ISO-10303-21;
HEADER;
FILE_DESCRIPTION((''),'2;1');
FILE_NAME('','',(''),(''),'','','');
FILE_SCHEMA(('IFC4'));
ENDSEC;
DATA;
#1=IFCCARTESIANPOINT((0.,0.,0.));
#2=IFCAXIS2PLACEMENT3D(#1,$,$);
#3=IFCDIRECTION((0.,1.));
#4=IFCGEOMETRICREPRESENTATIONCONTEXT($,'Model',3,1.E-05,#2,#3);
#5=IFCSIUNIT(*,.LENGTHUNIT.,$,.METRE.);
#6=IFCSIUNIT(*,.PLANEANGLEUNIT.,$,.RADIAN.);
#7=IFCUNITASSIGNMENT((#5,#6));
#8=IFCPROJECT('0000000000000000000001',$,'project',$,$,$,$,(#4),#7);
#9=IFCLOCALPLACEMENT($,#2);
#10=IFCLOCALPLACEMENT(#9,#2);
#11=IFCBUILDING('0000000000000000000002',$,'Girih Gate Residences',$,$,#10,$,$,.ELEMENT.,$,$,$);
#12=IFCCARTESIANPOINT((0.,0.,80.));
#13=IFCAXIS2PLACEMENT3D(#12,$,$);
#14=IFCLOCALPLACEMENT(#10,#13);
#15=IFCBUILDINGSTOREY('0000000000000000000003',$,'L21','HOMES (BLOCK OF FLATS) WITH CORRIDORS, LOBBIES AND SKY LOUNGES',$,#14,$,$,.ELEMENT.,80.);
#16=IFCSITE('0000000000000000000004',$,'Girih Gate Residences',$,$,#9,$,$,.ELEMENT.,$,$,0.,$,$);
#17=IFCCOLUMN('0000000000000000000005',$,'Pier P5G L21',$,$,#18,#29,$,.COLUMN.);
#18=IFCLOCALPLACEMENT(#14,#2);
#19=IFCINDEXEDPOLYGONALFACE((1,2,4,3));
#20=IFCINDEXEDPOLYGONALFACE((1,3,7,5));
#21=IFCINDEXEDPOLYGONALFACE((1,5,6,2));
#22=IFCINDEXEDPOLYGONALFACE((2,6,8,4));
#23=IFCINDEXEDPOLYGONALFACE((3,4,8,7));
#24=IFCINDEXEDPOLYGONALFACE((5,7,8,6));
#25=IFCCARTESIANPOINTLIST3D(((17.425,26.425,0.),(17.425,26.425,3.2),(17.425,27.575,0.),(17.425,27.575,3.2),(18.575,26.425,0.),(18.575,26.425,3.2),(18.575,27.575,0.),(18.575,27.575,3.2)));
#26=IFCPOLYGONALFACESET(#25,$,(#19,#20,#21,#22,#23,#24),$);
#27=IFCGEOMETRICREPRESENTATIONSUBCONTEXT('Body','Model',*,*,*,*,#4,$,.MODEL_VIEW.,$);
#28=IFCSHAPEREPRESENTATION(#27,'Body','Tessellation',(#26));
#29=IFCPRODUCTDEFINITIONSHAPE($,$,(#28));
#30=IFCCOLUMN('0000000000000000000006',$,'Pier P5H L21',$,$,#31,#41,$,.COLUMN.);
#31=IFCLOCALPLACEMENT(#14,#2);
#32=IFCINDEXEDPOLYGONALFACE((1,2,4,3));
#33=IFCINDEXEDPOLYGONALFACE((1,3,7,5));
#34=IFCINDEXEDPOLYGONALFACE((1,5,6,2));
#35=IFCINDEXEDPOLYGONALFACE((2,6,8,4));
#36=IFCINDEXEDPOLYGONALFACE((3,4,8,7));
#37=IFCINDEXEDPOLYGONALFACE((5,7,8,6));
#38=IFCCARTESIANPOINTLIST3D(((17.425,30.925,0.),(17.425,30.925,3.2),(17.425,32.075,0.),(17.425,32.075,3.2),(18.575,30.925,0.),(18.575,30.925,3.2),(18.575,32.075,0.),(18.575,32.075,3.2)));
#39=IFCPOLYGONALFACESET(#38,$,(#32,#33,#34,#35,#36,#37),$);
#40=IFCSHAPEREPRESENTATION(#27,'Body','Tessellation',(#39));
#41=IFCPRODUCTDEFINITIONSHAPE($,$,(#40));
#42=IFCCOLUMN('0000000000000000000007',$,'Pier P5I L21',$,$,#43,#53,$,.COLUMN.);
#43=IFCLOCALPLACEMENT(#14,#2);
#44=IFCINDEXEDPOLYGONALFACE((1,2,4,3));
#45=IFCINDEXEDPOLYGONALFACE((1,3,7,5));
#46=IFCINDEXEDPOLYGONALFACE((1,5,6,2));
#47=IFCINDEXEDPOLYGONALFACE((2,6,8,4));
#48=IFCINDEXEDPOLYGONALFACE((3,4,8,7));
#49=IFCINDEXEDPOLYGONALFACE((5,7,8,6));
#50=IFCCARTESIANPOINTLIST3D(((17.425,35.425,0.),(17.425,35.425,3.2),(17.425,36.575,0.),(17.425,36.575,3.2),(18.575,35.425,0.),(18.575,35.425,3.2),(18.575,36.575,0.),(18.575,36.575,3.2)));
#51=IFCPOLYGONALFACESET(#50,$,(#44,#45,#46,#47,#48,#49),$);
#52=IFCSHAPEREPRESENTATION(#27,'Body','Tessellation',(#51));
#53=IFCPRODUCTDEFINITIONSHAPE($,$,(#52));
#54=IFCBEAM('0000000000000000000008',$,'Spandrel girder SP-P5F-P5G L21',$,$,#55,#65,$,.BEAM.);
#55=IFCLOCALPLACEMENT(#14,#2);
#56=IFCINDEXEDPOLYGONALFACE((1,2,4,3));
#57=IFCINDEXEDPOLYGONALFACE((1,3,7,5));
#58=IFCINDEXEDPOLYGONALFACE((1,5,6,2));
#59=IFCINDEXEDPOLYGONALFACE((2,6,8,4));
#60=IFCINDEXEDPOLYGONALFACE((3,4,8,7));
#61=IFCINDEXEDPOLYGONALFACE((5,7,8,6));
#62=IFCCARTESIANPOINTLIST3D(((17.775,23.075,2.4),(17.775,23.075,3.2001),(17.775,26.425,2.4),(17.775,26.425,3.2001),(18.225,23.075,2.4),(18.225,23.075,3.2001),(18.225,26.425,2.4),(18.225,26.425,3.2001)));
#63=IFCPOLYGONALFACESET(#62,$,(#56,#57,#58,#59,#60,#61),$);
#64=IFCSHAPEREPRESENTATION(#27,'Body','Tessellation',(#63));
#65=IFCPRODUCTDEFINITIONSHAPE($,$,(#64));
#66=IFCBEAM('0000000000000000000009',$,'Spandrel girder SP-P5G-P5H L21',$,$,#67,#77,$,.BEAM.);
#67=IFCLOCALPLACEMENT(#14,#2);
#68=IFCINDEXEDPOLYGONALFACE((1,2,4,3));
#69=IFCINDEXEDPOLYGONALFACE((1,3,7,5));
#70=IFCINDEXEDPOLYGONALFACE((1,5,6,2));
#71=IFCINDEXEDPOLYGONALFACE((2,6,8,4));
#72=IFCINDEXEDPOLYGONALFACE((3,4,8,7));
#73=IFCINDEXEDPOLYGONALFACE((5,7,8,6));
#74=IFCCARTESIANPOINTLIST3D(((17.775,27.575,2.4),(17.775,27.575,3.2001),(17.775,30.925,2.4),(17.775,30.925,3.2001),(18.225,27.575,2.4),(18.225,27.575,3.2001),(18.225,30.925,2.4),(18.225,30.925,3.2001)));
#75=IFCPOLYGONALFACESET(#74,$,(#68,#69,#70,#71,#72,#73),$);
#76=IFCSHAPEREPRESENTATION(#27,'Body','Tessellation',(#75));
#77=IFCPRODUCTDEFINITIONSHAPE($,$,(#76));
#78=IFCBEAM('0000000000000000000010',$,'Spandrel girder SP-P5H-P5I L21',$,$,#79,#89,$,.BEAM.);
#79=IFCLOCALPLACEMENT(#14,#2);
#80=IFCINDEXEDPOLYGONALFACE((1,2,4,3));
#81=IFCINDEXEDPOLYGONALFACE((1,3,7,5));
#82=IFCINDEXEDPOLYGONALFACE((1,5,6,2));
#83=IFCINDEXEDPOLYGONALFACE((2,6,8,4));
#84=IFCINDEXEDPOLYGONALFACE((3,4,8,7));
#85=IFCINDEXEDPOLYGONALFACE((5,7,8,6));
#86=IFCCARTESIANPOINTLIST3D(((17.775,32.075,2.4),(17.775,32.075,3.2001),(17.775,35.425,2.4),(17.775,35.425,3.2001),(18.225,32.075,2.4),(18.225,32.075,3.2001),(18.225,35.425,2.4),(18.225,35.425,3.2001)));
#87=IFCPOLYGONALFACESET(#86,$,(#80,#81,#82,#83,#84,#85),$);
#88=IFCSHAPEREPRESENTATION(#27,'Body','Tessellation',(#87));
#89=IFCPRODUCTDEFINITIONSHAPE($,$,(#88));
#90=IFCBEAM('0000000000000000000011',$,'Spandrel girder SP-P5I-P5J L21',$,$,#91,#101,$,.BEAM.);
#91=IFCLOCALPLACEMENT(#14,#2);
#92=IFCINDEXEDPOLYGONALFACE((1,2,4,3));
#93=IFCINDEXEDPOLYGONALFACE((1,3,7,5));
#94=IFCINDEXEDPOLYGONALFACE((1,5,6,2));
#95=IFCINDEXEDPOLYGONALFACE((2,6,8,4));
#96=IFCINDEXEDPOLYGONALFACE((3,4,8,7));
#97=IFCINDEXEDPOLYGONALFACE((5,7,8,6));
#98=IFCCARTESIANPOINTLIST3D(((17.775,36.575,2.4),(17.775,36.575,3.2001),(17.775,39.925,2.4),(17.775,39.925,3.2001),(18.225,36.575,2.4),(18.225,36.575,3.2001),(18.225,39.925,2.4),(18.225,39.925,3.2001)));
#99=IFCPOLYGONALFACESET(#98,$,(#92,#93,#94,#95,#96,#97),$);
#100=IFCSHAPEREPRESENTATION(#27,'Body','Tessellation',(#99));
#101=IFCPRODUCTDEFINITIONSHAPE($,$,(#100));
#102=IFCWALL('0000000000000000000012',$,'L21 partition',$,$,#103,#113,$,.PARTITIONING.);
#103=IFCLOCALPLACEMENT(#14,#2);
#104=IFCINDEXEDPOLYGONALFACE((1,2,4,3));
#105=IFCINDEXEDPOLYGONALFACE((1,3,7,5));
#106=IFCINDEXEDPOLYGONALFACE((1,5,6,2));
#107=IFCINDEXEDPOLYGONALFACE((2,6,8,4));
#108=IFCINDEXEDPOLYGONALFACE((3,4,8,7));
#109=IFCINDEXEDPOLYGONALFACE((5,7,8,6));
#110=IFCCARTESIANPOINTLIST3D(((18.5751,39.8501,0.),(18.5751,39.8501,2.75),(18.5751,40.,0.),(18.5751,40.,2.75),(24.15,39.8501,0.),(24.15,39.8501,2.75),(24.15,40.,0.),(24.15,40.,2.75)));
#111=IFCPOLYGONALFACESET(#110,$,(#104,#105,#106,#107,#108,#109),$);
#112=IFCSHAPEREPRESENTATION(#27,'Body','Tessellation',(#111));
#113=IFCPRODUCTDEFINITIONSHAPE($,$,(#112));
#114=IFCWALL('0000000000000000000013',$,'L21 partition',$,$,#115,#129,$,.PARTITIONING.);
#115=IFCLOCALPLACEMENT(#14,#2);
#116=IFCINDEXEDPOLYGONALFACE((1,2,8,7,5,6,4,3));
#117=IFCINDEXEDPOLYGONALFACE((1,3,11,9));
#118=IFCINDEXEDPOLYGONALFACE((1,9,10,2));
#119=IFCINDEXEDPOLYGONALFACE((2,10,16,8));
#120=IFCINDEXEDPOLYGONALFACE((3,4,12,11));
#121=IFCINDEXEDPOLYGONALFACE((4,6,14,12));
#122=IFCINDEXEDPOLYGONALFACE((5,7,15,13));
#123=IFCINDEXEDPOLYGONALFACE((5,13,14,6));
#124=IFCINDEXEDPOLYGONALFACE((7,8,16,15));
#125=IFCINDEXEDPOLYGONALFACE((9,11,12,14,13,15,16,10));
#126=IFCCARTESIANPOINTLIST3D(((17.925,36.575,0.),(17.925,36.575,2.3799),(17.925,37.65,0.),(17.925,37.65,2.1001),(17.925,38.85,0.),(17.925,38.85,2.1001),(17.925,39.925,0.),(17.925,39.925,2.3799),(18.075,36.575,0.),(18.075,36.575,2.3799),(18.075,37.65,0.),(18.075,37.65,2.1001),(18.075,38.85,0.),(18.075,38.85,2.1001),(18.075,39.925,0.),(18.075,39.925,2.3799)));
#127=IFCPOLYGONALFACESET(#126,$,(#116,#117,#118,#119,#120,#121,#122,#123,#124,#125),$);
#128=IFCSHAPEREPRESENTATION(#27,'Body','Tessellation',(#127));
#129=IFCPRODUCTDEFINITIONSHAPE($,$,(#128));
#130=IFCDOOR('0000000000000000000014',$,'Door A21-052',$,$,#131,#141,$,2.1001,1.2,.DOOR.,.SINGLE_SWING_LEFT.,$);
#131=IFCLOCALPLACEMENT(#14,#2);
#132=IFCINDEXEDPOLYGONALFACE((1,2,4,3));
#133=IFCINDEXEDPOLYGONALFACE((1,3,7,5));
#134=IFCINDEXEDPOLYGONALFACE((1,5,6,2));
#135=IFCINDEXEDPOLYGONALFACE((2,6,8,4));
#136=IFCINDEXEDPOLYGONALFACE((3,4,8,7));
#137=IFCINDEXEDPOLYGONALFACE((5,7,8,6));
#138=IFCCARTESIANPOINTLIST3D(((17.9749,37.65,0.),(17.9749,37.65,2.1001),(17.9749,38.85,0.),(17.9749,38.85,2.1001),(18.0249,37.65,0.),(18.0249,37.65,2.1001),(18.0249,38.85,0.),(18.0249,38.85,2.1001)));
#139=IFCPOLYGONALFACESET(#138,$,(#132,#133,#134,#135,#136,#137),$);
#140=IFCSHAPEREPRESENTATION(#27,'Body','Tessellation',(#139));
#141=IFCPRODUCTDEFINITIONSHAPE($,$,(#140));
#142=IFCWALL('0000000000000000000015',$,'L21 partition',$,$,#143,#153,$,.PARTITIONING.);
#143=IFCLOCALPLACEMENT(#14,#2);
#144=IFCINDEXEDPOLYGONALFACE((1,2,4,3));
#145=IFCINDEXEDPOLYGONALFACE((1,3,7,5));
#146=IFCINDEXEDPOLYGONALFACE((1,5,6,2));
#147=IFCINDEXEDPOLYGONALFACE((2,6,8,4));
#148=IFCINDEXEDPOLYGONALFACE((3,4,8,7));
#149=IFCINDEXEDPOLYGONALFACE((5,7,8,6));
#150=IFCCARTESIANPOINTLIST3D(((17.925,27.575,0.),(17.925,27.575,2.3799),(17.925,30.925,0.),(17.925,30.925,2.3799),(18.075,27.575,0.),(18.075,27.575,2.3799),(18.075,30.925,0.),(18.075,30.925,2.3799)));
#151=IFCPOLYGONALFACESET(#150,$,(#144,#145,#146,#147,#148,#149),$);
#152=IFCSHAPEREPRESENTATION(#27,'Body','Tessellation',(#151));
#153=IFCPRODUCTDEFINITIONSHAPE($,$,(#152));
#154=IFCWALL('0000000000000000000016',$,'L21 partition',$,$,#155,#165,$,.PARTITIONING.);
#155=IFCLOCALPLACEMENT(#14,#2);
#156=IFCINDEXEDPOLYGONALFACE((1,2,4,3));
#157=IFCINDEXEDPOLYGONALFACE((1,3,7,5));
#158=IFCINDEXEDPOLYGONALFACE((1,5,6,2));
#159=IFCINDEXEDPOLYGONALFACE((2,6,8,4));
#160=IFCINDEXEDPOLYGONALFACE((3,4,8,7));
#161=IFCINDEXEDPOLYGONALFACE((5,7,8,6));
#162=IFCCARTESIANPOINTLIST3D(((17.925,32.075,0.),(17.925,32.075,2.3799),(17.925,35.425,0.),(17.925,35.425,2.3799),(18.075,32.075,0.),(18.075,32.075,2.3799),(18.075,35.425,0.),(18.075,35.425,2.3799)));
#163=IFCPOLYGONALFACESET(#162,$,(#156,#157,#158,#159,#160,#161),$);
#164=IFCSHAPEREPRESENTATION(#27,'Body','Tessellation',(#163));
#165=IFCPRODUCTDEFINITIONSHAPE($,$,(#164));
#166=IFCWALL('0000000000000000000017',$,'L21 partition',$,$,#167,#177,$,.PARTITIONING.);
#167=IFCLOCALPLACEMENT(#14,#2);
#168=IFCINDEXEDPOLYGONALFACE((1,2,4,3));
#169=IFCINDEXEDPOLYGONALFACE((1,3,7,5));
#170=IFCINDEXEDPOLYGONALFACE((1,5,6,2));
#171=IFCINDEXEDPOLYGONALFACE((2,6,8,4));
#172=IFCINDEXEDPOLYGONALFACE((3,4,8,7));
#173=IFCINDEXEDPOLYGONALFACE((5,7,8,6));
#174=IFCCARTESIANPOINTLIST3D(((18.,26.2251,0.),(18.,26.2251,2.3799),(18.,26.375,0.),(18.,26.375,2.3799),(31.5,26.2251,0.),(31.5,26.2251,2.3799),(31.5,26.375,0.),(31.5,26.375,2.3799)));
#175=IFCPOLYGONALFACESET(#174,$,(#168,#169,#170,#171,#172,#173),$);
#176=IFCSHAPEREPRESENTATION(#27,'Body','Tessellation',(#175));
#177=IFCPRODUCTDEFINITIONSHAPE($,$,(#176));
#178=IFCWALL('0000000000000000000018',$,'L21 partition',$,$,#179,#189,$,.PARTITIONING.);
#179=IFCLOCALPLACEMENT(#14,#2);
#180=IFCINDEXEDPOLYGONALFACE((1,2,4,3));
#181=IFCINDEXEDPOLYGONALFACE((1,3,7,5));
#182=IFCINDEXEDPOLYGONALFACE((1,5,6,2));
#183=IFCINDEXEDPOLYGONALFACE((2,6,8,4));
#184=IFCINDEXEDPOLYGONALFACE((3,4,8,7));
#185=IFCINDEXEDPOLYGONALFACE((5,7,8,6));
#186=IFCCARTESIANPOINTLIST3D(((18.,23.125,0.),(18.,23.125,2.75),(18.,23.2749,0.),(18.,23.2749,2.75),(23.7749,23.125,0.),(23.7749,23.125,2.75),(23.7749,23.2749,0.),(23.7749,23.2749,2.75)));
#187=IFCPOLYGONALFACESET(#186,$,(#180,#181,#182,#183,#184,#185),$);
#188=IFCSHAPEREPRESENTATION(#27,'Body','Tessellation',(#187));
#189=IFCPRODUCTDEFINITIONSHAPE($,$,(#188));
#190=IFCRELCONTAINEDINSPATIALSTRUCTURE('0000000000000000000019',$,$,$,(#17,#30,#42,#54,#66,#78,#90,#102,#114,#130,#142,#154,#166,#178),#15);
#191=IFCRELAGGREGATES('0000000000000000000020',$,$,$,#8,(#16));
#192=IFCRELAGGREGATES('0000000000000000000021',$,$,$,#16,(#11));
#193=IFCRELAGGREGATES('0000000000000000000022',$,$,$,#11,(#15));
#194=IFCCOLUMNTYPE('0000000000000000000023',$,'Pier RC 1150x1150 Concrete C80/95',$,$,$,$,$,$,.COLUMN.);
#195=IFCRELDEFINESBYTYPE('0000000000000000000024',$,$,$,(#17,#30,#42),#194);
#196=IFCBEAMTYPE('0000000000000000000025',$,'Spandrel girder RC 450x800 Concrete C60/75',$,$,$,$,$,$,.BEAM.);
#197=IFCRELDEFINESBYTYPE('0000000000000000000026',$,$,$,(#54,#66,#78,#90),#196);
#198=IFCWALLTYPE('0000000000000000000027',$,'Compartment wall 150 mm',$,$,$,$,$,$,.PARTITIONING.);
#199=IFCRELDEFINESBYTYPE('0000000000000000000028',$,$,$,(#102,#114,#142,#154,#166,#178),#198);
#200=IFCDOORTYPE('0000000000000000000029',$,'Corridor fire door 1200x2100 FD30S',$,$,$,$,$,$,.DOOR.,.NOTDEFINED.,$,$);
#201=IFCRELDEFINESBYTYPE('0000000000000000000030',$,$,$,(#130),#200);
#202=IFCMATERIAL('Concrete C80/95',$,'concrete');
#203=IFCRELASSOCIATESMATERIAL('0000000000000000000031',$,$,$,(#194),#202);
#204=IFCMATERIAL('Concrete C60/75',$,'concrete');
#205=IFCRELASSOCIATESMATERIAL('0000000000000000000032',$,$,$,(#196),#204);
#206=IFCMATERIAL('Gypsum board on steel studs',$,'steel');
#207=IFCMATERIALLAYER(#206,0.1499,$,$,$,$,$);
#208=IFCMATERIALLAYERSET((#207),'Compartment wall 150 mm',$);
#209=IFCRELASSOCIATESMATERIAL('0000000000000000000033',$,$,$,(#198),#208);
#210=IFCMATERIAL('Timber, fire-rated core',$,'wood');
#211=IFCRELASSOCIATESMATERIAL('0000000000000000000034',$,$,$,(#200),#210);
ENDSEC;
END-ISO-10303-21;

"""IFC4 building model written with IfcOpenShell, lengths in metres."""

from ifc_helpers import new_model, si_unit, direction, frame, frame_2d, origin, origin_2d, place, context, subcontext, project, spatial, rectangle, extrude, material, layer, layer_set, material_profile, profile_set, type_object, element, fill, save


model = new_model("IFC4")

# Units and contexts
model_context = context("Model", 3, precision=1e-05, world=origin(), true_north=direction((0.0, 1.0)))
body_context = subcontext(model_context, "Body", "Model", "MODEL_VIEW")
ifc_project = project(units=[si_unit("LENGTHUNIT", "METRE"), si_unit("PLANEANGLEUNIT", "RADIAN")], contexts=[model_context])

# Site, building, storey
site_placement = place(None, origin())
site = spatial("IfcSite", under=ifc_project, at=site_placement, Name="Girih Gate Residences", CompositionType="ELEMENT", RefElevation=0.0)
building_placement = place(site_placement, origin())
building = spatial("IfcBuilding", under=site, at=building_placement, Name="Girih Gate Residences", CompositionType="ELEMENT")
storey_placement = place(building_placement, frame((0.0, 0.0, 80.0)))
storey = spatial("IfcBuildingStorey", under=building, at=storey_placement, Name="L21", Description="HOMES (BLOCK OF FLATS) WITH CORRIDORS, LOBBIES AND SKY LOUNGES", CompositionType="ELEMENT", Elevation=80.0)

# Columns
ifc_material_1 = material(Name="Concrete C80/95", Category="concrete")
ifc_material_profile_1 = material_profile(ifc_material_1, rectangle(XDim=1.1499, YDim=1.1499, at=origin_2d()))
ifc_profile_set_1 = profile_set([ifc_material_profile_1], Name="Concrete C80/95")
column_type = type_object("IfcColumnType", Name="Pier RC 1150x1150 Concrete C80/95", PredefinedType="COLUMN", material=ifc_profile_set_1)
for number, where, z_axis, x_axis, name in (
    (1, (18.0, 27.0, 0.0), (0.0, 0.0, 1.0), (1.0, 0.0, 0.0), "Pier P5G L21"),
    (2, (18.0, 31.5, 0.0), (0.0, 0.0, 1.0), (1.0, 0.0, 0.0), "Pier P5H L21"),
    (3, (18.0, 36.0, 0.0), (0.0, 0.0, 1.0), (1.0, 0.0, 0.0), "Pier P5I L21"),
):
    element("IfcColumn", number, at=place(storey_placement, frame(where, z_axis=z_axis, x_axis=x_axis)), inside=storey, type_object=column_type, Name=name, PredefinedType="COLUMN", context=body_context, shape_type="SweptSolid", body=[
        extrude(rectangle(XDim=1.1499, YDim=1.1499, at=origin_2d()), origin(), (0.0, 0.0, 1.0), 3.2),
    ])

# Beams
ifc_material_2 = material(Name="Concrete C60/75", Category="concrete")
ifc_material_profile_2 = material_profile(ifc_material_2, rectangle(XDim=0.45, YDim=0.8, at=origin_2d()))
ifc_profile_set_2 = profile_set([ifc_material_profile_2], Name="Concrete C60/75")
beam_type = type_object("IfcBeamType", Name="Spandrel girder RC 450x800 Concrete C60/75", PredefinedType="BEAM", material=ifc_profile_set_2)
for number, where, z_axis, x_axis, name in (
    (4, (18.0, 23.075, 2.8), (0.0, 1.0, 0.0), (-1.0, 0.0, 0.0), "Spandrel girder SP-P5F-P5G L21"),
    (5, (18.0, 27.575, 2.8), (0.0, 1.0, 0.0), (-1.0, 0.0, 0.0), "Spandrel girder SP-P5G-P5H L21"),
    (6, (18.0, 32.075, 2.8), (0.0, 1.0, 0.0), (-1.0, 0.0, 0.0), "Spandrel girder SP-P5H-P5I L21"),
    (7, (18.0, 36.575, 2.8), (0.0, 1.0, 0.0), (-1.0, 0.0, 0.0), "Spandrel girder SP-P5I-P5J L21"),
):
    element("IfcBeam", number, at=place(storey_placement, frame(where, z_axis=z_axis, x_axis=x_axis)), inside=storey, type_object=beam_type, Name=name, PredefinedType="BEAM", context=body_context, shape_type="SweptSolid", body=[
        extrude(rectangle(XDim=0.45, YDim=0.8, at=origin_2d()), origin(), (0.0, 0.0, 1.0), 3.3501),
    ])

# Wall
ifc_material_3 = material(Name="Gypsum board on steel studs", Category="steel")
ifc_layer_1 = layer(ifc_material_3, 0.1499)
ifc_layer_set_1 = layer_set([ifc_layer_1], Name="Compartment wall 150 mm")
wall_type_1 = type_object("IfcWallType", Name="Compartment wall 150 mm", PredefinedType="PARTITIONING", material=ifc_layer_set_1)
wall_1_placement = place(storey_placement, frame((18.575, 39.925, 0.0), z_axis=(0.0, 0.0, 1.0), x_axis=(1.0, 0.0, 0.0)))
element("IfcWall", 8, at=wall_1_placement, inside=storey, type_object=wall_type_1, Name="L21 partition", PredefinedType="PARTITIONING", context=body_context, shape_type="SweptSolid", body=[
    extrude(rectangle(XDim=5.575, YDim=0.1499, at=frame_2d((2.7876, 0.0))), origin(), (0.0, 0.0, 1.0), 2.75),
])

# Wall, opening, door
wall_2_placement = place(storey_placement, frame((18.0, 39.925, 0.0), z_axis=(0.0, 0.0, 1.0), x_axis=(0.0, -1.0, 0.0)))
wall_2 = element("IfcWall", 9, at=wall_2_placement, inside=storey, type_object=wall_type_1, Name="L21 partition", PredefinedType="PARTITIONING", context=body_context, shape_type="SweptSolid", body=[
    extrude(rectangle(XDim=3.3501, YDim=0.1499, at=frame_2d((1.675, 0.0))), origin(), (0.0, 0.0, 1.0), 2.3799),
])
opening_1_placement = place(wall_2_placement, frame((1.075, 0.0, 0.0)))
opening_1 = element("IfcOpeningElement", 10, at=opening_1_placement, cuts=wall_2, PredefinedType="OPENING", context=body_context, shape_type="SweptSolid", body=[
    extrude(rectangle(XDim=1.2, YDim=2.1001, at=frame_2d((0.6001, 1.05))), frame((0.0, 0.085, 0.0), z_axis=(0.0, -1.0, 0.0), x_axis=(1.0, 0.0, 0.0)), (0.0, 0.0, 1.0), 0.1699),
])
ifc_material_4 = material(Name="Timber, fire-rated core", Category="wood")
door_type_1 = type_object("IfcDoorType", Name="Corridor fire door 1200x2100 FD30S", OperationType="NOTDEFINED", PredefinedType="DOOR", material=ifc_material_4)
door_1_placement = place(opening_1_placement, origin())
door_1 = element("IfcDoor", 11, at=door_1_placement, inside=storey, type_object=door_type_1, Name="Door A21-052", OperationType="SINGLE_SWING_LEFT", OverallHeight=2.1001, OverallWidth=1.2, PredefinedType="DOOR", context=body_context, shape_type="SweptSolid", body=[
    extrude(rectangle(XDim=1.2, YDim=2.1001, at=frame_2d((0.6001, 1.05))), frame((0.0, 0.0249, 0.0), z_axis=(0.0, -1.0, 0.0), x_axis=(1.0, 0.0, 0.0)), (0.0, 0.0, 1.0), 0.05),
])
fill(opening_1, door_1)

# Walls
for number, where, z_axis, x_axis, name in (
    (12, (18.0, 27.575, 0.0), (0.0, 0.0, 1.0), (0.0, 1.0, 0.0), "L21 partition"),
    (13, (18.0, 32.075, 0.0), (0.0, 0.0, 1.0), (0.0, 1.0, 0.0), "L21 partition"),
):
    element("IfcWall", number, at=place(storey_placement, frame(where, z_axis=z_axis, x_axis=x_axis)), inside=storey, type_object=wall_type_1, Name=name, PredefinedType="PARTITIONING", context=body_context, shape_type="SweptSolid", body=[
        extrude(rectangle(XDim=3.3501, YDim=0.1499, at=frame_2d((1.675, 0.0))), origin(), (0.0, 0.0, 1.0), 2.3799),
    ])
wall_3_placement = place(storey_placement, frame((18.0, 26.3, 0.0), z_axis=(0.0, 0.0, 1.0), x_axis=(1.0, 0.0, 0.0)))
element("IfcWall", 14, at=wall_3_placement, inside=storey, type_object=wall_type_1, Name="L21 partition", PredefinedType="PARTITIONING", context=body_context, shape_type="SweptSolid", body=[
    extrude(rectangle(XDim=13.5, YDim=0.1499, at=frame_2d((6.75, 0.0))), origin(), (0.0, 0.0, 1.0), 2.3799),
])
wall_4_placement = place(storey_placement, frame((18.0, 23.2, 0.0), z_axis=(0.0, 0.0, 1.0), x_axis=(1.0, 0.0, 0.0)))
element("IfcWall", 15, at=wall_4_placement, inside=storey, type_object=wall_type_1, Name="L21 partition", PredefinedType="PARTITIONING", context=body_context, shape_type="SweptSolid", body=[
    extrude(rectangle(XDim=5.7749, YDim=0.1499, at=frame_2d((2.8875, 0.0))), origin(), (0.0, 0.0, 1.0), 2.75),
])

save(model, "model.ifc")
